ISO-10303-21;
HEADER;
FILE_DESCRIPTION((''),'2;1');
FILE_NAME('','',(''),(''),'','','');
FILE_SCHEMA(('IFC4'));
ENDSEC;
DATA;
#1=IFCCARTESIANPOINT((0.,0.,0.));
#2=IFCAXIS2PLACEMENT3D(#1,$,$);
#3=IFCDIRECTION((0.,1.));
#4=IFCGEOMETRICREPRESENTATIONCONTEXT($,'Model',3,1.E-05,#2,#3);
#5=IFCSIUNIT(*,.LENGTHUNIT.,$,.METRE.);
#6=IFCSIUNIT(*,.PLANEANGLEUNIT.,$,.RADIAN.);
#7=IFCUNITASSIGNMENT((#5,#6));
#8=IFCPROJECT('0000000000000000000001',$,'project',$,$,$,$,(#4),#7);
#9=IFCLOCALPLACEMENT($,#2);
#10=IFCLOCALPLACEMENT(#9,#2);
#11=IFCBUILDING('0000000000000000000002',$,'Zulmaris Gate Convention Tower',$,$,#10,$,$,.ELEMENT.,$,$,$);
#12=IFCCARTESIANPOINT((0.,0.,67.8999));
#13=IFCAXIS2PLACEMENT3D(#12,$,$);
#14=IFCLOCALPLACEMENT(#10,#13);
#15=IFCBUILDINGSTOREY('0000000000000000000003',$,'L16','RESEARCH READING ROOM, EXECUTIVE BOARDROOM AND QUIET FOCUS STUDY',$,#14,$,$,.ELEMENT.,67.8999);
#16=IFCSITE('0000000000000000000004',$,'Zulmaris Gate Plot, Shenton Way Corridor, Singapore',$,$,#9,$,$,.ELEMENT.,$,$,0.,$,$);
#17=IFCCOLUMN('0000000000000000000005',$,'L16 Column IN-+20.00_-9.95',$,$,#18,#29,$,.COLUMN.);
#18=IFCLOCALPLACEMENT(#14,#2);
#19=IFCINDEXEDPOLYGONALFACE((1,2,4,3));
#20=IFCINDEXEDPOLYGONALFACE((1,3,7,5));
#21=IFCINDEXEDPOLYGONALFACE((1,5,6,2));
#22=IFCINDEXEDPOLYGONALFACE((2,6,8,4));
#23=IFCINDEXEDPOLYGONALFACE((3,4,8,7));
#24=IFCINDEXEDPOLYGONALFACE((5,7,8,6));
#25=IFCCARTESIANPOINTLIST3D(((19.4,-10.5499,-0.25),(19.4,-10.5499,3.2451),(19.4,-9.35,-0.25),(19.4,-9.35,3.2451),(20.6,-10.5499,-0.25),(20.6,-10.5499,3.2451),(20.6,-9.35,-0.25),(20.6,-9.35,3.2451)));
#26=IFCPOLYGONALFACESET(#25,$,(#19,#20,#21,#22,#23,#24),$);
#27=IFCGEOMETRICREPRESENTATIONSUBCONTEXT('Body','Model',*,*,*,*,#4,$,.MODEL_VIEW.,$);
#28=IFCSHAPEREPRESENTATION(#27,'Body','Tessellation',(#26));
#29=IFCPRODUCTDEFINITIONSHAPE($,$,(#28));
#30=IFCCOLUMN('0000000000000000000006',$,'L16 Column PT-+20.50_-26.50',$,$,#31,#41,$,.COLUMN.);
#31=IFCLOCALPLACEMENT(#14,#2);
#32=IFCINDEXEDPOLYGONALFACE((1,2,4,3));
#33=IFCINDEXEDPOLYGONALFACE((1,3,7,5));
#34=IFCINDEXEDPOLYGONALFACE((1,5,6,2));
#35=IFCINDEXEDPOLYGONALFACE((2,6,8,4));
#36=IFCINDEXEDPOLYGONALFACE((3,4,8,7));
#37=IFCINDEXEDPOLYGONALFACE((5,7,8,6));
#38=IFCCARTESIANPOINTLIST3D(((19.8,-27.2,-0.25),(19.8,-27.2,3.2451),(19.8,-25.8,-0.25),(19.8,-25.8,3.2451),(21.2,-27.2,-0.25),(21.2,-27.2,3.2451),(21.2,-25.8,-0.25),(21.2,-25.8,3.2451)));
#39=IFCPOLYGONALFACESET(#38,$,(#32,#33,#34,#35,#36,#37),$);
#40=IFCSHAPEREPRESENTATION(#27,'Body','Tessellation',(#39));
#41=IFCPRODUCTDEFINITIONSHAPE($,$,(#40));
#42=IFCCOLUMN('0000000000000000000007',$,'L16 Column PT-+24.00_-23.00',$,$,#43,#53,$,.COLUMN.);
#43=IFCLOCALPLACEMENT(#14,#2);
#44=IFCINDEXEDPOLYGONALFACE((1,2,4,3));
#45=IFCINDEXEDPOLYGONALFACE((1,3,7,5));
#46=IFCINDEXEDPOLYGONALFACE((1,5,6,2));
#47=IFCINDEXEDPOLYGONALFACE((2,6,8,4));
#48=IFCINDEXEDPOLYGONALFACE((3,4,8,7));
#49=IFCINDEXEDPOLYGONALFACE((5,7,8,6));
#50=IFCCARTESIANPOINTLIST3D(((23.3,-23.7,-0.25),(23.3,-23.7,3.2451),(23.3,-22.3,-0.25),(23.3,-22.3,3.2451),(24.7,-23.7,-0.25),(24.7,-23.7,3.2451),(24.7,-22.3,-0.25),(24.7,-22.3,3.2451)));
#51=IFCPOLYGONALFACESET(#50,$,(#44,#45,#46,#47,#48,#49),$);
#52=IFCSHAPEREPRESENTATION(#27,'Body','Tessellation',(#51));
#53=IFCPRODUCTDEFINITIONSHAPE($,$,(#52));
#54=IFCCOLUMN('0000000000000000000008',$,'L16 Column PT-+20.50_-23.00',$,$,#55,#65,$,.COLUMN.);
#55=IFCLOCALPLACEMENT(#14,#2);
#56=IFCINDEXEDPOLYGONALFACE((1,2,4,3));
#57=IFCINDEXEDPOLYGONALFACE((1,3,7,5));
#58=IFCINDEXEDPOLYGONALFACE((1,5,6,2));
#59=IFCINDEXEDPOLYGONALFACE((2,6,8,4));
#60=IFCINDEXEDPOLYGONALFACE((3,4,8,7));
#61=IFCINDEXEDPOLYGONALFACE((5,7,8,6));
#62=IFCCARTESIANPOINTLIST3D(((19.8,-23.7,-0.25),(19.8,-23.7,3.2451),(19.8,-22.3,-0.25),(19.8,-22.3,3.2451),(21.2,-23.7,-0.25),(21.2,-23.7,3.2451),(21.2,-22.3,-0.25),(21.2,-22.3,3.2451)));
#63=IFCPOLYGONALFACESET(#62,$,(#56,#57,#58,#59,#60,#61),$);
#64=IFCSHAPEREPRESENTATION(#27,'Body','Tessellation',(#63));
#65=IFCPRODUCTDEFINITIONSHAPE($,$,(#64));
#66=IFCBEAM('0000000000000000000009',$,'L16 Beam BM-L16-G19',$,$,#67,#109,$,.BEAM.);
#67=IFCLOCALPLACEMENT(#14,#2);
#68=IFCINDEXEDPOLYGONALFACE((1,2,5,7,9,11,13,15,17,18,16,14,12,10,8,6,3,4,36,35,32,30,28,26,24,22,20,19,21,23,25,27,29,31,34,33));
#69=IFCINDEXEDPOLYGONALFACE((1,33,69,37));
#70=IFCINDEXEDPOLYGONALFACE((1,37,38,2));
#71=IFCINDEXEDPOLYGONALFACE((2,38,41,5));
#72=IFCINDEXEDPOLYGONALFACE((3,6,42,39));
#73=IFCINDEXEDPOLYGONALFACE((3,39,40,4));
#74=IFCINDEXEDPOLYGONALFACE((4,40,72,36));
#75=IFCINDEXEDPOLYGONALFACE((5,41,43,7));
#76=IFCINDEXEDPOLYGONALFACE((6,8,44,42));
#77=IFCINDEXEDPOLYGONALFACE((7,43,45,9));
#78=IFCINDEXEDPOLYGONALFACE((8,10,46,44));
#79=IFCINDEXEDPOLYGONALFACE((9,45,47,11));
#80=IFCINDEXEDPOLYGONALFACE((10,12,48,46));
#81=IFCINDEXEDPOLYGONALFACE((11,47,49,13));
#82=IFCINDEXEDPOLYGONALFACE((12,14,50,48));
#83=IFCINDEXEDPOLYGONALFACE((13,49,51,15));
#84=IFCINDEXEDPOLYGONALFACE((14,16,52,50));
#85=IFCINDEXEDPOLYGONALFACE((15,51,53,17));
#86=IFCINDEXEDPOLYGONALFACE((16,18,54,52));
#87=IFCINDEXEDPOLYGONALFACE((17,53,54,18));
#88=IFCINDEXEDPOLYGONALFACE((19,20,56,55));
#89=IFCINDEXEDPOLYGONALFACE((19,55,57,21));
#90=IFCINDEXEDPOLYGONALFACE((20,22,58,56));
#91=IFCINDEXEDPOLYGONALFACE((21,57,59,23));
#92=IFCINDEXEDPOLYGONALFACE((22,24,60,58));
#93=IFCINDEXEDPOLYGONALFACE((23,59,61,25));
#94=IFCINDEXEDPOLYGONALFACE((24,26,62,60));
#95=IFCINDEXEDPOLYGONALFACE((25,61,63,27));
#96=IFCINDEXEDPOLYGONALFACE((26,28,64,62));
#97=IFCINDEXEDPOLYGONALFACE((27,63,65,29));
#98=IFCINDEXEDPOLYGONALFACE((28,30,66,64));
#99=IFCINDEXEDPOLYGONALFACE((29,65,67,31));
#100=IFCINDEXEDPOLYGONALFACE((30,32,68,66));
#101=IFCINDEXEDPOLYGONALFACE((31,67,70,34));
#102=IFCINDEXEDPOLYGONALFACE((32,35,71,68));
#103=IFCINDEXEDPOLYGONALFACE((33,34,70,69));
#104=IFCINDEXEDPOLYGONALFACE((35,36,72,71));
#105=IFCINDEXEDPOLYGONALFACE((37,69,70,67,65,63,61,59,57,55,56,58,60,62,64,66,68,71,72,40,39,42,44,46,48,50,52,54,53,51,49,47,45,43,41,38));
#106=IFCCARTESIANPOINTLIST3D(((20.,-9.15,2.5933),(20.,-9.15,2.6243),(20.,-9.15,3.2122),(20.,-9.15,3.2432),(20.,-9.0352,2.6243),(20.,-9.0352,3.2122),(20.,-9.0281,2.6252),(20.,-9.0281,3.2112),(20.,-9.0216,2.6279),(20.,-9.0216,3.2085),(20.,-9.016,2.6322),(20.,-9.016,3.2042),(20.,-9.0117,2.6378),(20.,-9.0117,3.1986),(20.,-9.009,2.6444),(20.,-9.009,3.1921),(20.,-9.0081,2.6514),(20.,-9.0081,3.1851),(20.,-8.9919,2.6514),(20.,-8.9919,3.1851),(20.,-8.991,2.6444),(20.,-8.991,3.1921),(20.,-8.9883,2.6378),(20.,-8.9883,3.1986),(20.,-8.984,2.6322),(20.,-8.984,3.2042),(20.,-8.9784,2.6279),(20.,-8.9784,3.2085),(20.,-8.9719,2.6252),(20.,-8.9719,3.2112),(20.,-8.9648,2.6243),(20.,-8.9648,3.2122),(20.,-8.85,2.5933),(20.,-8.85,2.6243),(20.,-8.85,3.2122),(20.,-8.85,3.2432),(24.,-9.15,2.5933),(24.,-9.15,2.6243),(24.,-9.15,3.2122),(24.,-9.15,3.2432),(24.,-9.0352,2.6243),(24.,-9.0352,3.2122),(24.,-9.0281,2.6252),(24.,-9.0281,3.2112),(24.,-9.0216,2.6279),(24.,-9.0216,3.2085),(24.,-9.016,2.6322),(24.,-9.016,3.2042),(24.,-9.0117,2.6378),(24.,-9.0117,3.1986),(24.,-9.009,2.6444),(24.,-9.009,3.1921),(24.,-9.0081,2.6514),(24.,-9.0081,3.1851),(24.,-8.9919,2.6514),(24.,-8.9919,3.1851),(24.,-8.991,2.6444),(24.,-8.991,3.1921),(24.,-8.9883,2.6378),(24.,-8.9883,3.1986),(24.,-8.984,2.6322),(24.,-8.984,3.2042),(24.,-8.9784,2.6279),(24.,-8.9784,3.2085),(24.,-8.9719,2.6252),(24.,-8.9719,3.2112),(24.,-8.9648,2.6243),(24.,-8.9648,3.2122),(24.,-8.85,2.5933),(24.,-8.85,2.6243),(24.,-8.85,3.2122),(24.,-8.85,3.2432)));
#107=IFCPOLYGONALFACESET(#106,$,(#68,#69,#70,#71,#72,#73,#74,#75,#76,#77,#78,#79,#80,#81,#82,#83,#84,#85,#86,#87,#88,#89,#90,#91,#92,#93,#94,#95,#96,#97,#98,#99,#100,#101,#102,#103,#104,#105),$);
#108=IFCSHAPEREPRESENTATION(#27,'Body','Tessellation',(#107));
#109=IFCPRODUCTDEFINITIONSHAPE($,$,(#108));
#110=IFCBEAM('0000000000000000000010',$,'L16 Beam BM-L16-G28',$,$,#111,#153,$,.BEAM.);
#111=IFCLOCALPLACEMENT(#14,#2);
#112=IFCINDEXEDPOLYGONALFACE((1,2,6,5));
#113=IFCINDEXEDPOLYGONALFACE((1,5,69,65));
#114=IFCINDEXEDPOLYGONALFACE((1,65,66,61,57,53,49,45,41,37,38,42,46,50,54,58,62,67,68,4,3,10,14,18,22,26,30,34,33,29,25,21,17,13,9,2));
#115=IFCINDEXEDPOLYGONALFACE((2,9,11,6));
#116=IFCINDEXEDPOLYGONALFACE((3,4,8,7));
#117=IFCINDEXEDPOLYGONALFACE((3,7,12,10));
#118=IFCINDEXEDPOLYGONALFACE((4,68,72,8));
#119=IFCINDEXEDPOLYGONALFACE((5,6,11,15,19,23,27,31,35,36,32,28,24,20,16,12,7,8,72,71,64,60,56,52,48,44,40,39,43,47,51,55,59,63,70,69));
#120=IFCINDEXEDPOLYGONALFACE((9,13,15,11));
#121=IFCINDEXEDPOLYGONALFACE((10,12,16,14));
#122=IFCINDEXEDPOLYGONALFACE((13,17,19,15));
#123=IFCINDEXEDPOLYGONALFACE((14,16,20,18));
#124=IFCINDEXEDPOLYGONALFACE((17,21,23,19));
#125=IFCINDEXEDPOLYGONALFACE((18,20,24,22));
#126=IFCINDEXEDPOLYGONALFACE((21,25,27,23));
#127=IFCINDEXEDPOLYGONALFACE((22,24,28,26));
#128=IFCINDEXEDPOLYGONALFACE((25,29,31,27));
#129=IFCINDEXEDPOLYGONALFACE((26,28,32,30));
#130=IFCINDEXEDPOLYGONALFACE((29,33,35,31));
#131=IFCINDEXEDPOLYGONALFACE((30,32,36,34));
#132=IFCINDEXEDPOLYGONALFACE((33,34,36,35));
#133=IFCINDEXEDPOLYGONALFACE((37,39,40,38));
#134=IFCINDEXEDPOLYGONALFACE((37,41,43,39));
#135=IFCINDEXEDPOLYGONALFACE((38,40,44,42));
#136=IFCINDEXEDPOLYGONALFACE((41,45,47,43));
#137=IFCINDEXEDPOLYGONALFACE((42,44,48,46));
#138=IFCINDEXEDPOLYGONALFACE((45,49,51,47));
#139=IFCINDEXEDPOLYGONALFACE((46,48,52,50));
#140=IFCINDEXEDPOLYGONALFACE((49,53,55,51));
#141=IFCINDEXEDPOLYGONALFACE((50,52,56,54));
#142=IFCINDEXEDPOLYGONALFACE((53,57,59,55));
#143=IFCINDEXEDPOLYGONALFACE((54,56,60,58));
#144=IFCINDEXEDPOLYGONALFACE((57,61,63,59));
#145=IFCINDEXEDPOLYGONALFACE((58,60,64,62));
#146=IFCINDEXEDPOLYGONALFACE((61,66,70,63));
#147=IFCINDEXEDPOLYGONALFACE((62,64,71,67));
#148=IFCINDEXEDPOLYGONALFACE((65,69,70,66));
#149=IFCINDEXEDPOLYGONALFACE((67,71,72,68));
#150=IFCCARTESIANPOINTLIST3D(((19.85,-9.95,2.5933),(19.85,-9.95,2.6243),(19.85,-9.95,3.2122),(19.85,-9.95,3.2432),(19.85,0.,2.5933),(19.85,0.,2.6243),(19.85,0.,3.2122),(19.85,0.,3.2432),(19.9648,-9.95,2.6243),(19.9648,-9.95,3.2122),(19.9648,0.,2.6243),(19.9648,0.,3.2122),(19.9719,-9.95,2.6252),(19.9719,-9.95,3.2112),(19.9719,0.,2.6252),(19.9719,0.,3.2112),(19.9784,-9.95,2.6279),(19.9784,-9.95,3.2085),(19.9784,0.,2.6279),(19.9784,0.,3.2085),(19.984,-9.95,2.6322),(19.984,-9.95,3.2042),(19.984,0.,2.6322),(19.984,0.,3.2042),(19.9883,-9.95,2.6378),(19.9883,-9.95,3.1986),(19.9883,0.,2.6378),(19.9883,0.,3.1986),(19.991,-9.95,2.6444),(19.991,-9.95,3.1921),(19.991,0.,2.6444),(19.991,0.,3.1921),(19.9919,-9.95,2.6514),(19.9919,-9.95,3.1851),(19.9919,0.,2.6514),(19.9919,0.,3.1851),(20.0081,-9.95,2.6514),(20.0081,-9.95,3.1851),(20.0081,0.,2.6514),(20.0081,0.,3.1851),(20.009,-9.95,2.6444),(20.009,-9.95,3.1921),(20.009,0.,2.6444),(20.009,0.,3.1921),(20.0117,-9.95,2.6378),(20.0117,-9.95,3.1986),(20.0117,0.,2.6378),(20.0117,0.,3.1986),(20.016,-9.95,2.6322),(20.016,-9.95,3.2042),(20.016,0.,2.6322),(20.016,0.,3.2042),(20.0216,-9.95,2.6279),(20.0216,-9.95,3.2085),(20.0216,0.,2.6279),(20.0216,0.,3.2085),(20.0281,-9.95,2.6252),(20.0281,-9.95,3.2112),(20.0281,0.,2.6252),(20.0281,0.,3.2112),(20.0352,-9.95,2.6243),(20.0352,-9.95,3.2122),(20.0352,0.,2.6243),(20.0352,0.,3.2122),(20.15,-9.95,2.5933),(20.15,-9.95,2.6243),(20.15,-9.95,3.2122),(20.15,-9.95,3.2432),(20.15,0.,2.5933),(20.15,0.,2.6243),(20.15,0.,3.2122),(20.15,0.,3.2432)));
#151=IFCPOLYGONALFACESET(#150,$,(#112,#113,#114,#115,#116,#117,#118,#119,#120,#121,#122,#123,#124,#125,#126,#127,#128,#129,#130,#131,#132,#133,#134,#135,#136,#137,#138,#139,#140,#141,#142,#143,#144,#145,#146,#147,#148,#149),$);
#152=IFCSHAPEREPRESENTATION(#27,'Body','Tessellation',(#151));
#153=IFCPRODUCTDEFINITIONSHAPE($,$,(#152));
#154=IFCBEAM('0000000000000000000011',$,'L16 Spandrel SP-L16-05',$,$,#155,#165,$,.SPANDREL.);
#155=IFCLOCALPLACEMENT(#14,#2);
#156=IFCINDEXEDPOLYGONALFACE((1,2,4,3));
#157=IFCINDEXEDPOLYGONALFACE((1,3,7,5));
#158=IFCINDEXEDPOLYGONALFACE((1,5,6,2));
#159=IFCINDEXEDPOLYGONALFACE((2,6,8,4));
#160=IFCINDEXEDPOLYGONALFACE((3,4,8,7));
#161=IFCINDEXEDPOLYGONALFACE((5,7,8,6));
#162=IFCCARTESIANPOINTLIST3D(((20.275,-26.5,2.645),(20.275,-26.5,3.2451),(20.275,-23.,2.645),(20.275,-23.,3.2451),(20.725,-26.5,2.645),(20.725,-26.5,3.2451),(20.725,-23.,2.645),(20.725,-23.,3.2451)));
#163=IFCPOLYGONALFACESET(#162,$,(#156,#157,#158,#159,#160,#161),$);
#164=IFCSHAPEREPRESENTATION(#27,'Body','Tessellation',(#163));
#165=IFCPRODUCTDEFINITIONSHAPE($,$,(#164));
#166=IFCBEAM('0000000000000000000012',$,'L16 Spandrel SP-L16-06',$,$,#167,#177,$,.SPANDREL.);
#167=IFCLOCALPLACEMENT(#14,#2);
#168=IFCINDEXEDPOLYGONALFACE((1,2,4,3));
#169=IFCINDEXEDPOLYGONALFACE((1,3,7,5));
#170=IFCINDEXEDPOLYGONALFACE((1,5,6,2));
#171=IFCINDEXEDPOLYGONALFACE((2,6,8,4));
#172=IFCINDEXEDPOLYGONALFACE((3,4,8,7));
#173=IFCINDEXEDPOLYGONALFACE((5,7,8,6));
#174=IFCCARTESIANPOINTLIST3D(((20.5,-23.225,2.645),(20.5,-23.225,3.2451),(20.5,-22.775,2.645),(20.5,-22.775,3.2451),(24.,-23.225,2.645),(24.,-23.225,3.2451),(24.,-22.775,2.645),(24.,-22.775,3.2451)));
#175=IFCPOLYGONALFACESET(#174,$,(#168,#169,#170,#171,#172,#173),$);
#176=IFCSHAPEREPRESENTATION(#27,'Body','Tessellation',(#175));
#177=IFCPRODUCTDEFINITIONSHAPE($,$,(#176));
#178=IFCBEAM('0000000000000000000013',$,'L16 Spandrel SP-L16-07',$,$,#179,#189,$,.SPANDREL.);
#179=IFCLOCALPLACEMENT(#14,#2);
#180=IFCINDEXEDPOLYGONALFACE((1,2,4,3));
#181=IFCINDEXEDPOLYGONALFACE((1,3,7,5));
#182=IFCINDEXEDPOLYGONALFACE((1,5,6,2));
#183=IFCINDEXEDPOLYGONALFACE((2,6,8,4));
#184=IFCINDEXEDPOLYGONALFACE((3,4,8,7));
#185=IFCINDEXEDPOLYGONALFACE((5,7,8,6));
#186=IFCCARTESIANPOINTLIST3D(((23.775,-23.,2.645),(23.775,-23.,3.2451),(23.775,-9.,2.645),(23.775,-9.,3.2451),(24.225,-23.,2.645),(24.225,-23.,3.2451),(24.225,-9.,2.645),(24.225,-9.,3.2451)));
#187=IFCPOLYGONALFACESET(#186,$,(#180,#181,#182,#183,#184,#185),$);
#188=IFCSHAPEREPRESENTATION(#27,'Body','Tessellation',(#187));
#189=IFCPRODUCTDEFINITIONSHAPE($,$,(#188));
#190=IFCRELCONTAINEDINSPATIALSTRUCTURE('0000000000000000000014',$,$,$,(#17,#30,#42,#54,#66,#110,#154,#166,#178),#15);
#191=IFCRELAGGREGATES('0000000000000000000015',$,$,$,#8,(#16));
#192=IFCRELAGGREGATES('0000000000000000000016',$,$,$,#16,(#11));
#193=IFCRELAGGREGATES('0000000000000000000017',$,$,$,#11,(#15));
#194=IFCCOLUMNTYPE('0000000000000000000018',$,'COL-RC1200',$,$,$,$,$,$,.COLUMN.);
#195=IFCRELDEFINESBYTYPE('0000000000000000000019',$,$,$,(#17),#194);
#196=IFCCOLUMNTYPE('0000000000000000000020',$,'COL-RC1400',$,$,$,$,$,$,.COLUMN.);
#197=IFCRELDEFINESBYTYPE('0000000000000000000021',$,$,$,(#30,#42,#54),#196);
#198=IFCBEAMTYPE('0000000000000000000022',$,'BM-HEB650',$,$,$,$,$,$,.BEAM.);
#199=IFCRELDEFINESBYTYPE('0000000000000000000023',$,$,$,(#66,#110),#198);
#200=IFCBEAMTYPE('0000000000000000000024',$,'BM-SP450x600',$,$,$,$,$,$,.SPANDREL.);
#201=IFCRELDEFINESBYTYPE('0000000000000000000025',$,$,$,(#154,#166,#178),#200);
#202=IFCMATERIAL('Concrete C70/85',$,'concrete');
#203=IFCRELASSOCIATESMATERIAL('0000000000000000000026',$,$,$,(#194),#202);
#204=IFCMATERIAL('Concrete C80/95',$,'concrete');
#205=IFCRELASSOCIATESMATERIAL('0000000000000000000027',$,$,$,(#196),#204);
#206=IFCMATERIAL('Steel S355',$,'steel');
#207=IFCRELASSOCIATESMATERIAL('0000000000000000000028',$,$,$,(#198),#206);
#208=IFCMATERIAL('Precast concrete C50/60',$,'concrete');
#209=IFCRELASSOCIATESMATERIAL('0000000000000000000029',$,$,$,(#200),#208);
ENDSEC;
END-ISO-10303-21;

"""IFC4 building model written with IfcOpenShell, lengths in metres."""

from ifc_helpers import new_model, si_unit, direction, frame, origin, origin_2d, place, context, subcontext, project, spatial, rectangle, i_section, extrude, material, material_profile, profile_set, type_object, element, save


model = new_model("IFC4")

# Units and contexts
model_context = context("Model", 3, precision=1e-05, world=origin(), true_north=direction((0.0, 1.0)))
body_context = subcontext(model_context, "Body", "Model", "MODEL_VIEW")
ifc_project = project(units=[si_unit("LENGTHUNIT", "METRE"), si_unit("PLANEANGLEUNIT", "RADIAN")], contexts=[model_context])

# Site, building, storey
site_placement = place(None, origin())
site = spatial("IfcSite", under=ifc_project, at=site_placement, Name="Zulmaris Gate Plot, Shenton Way Corridor, Singapore", CompositionType="ELEMENT", RefElevation=0.0)
building_placement = place(site_placement, origin())
building = spatial("IfcBuilding", under=site, at=building_placement, Name="Zulmaris Gate Convention Tower", CompositionType="ELEMENT")
storey_placement = place(building_placement, frame((0.0, 0.0, 67.8999)))
storey = spatial("IfcBuildingStorey", under=building, at=storey_placement, Name="L16", Description="RESEARCH READING ROOM, EXECUTIVE BOARDROOM AND QUIET FOCUS STUDY", CompositionType="ELEMENT", Elevation=67.8999)

# Columns
ifc_material_1 = material(Name="Concrete C70/85", Category="concrete")
ifc_material_profile_1 = material_profile(ifc_material_1, rectangle(XDim=1.2, YDim=1.2, at=origin_2d()), Name="RC COL 1200x1200")
ifc_profile_set_1 = profile_set([ifc_material_profile_1], Name="Concrete C70/85")
column_type_1 = type_object("IfcColumnType", Name="COL-RC1200", PredefinedType="COLUMN", material=ifc_profile_set_1)
column_placement = place(storey_placement, frame((20.0, -9.95, -0.25), z_axis=(0.0, 0.0, 1.0), x_axis=(1.0, 0.0, 0.0)))
element("IfcColumn", 1, at=column_placement, inside=storey, type_object=column_type_1, Name="L16 Column IN-+20.00_-9.95", PredefinedType="COLUMN", context=body_context, shape_type="SweptSolid", body=[
    extrude(rectangle(XDim=1.2, YDim=1.2, at=origin_2d()), origin(), (0.0, 0.0, 1.0), 3.4951),
])
ifc_material_2 = material(Name="Concrete C80/95", Category="concrete")
ifc_material_profile_2 = material_profile(ifc_material_2, rectangle(XDim=1.3999, YDim=1.3999, at=origin_2d()), Name="RC COL 1400x1400")
ifc_profile_set_2 = profile_set([ifc_material_profile_2], Name="Concrete C80/95")
column_type_2 = type_object("IfcColumnType", Name="COL-RC1400", PredefinedType="COLUMN", material=ifc_profile_set_2)
for number, where, z_axis, x_axis, name in (
    (2, (20.5, -26.5, -0.25), (0.0, 0.0, 1.0), (1.0, 0.0, 0.0), "L16 Column PT-+20.50_-26.50"),
    (3, (24.0, -23.0, -0.25), (0.0, 0.0, 1.0), (1.0, 0.0, 0.0), "L16 Column PT-+24.00_-23.00"),
    (4, (20.5, -23.0, -0.25), (0.0, 0.0, 1.0), (1.0, 0.0, 0.0), "L16 Column PT-+20.50_-23.00"),
):
    element("IfcColumn", number, at=place(storey_placement, frame(where, z_axis=z_axis, x_axis=x_axis)), inside=storey, type_object=column_type_2, Name=name, PredefinedType="COLUMN", context=body_context, shape_type="SweptSolid", body=[
        extrude(rectangle(XDim=1.3999, YDim=1.3999, at=origin_2d()), origin(), (0.0, 0.0, 1.0), 3.4951),
    ])

# Beams
ifc_material_3 = material(Name="Steel S355", Category="steel")
ifc_material_profile_3 = material_profile(ifc_material_3, i_section(OverallWidth=0.3, OverallDepth=0.6499, WebThickness=0.0161, FlangeThickness=0.031, FilletRadius=0.0271, at=origin_2d()), Name="HEB 650")
ifc_profile_set_3 = profile_set([ifc_material_profile_3], Name="Steel S355")
beam_type_1 = type_object("IfcBeamType", Name="BM-HEB650", PredefinedType="BEAM", material=ifc_profile_set_3)
beam_1_placement = place(storey_placement, frame((20.0, -9.0, 2.9182), z_axis=(1.0, 0.0, 0.0), x_axis=(0.0, 1.0, 0.0)))
element("IfcBeam", 5, at=beam_1_placement, inside=storey, type_object=beam_type_1, Name="L16 Beam BM-L16-G19", PredefinedType="BEAM", context=body_context, shape_type="SweptSolid", body=[
    extrude(i_section(OverallWidth=0.3, OverallDepth=0.6499, WebThickness=0.0161, FlangeThickness=0.031, FilletRadius=0.0271, at=origin_2d()), origin(), (0.0, 0.0, 1.0), 4.0),
])
beam_2_placement = place(storey_placement, frame((20.0, -9.95, 2.9182), z_axis=(0.0, 1.0, 0.0), x_axis=(-1.0, 0.0, 0.0)))
element("IfcBeam", 6, at=beam_2_placement, inside=storey, type_object=beam_type_1, Name="L16 Beam BM-L16-G28", PredefinedType="BEAM", context=body_context, shape_type="SweptSolid", body=[
    extrude(i_section(OverallWidth=0.3, OverallDepth=0.6499, WebThickness=0.0161, FlangeThickness=0.031, FilletRadius=0.0271, at=origin_2d()), origin(), (0.0, 0.0, 1.0), 9.95),
])
ifc_material_4 = material(Name="Precast concrete C50/60", Category="concrete")
ifc_material_profile_4 = material_profile(ifc_material_4, rectangle(XDim=0.45, YDim=0.6001, at=origin_2d()), Name="RC SPANDREL 450x600")
ifc_profile_set_4 = profile_set([ifc_material_profile_4], Name="Precast concrete C50/60")
beam_type_2 = type_object("IfcBeamType", Name="BM-SP450x600", PredefinedType="SPANDREL", material=ifc_profile_set_4)
for number, where, z_axis, x_axis, name in (
    (7, (20.5, -26.5, 2.9451), (0.0, 1.0, 0.0), (-1.0, 0.0, 0.0), "L16 Spandrel SP-L16-05"),
    (8, (20.5, -23.0, 2.9451), (1.0, 0.0, 0.0), (0.0, 1.0, 0.0), "L16 Spandrel SP-L16-06"),
):
    element("IfcBeam", number, at=place(storey_placement, frame(where, z_axis=z_axis, x_axis=x_axis)), inside=storey, type_object=beam_type_2, Name=name, PredefinedType="SPANDREL", context=body_context, shape_type="SweptSolid", body=[
        extrude(rectangle(XDim=0.45, YDim=0.6001, at=origin_2d()), origin(), (0.0, 0.0, 1.0), 3.5),
    ])
beam_3_placement = place(storey_placement, frame((24.0, -23.0, 2.9451), z_axis=(0.0, 1.0, 0.0), x_axis=(-1.0, 0.0, 0.0)))
element("IfcBeam", 9, at=beam_3_placement, inside=storey, type_object=beam_type_2, Name="L16 Spandrel SP-L16-07", PredefinedType="SPANDREL", context=body_context, shape_type="SweptSolid", body=[
    extrude(rectangle(XDim=0.45, YDim=0.6001, at=origin_2d()), origin(), (0.0, 0.0, 1.0), 14.0),
])

save(model, "model.ifc")
